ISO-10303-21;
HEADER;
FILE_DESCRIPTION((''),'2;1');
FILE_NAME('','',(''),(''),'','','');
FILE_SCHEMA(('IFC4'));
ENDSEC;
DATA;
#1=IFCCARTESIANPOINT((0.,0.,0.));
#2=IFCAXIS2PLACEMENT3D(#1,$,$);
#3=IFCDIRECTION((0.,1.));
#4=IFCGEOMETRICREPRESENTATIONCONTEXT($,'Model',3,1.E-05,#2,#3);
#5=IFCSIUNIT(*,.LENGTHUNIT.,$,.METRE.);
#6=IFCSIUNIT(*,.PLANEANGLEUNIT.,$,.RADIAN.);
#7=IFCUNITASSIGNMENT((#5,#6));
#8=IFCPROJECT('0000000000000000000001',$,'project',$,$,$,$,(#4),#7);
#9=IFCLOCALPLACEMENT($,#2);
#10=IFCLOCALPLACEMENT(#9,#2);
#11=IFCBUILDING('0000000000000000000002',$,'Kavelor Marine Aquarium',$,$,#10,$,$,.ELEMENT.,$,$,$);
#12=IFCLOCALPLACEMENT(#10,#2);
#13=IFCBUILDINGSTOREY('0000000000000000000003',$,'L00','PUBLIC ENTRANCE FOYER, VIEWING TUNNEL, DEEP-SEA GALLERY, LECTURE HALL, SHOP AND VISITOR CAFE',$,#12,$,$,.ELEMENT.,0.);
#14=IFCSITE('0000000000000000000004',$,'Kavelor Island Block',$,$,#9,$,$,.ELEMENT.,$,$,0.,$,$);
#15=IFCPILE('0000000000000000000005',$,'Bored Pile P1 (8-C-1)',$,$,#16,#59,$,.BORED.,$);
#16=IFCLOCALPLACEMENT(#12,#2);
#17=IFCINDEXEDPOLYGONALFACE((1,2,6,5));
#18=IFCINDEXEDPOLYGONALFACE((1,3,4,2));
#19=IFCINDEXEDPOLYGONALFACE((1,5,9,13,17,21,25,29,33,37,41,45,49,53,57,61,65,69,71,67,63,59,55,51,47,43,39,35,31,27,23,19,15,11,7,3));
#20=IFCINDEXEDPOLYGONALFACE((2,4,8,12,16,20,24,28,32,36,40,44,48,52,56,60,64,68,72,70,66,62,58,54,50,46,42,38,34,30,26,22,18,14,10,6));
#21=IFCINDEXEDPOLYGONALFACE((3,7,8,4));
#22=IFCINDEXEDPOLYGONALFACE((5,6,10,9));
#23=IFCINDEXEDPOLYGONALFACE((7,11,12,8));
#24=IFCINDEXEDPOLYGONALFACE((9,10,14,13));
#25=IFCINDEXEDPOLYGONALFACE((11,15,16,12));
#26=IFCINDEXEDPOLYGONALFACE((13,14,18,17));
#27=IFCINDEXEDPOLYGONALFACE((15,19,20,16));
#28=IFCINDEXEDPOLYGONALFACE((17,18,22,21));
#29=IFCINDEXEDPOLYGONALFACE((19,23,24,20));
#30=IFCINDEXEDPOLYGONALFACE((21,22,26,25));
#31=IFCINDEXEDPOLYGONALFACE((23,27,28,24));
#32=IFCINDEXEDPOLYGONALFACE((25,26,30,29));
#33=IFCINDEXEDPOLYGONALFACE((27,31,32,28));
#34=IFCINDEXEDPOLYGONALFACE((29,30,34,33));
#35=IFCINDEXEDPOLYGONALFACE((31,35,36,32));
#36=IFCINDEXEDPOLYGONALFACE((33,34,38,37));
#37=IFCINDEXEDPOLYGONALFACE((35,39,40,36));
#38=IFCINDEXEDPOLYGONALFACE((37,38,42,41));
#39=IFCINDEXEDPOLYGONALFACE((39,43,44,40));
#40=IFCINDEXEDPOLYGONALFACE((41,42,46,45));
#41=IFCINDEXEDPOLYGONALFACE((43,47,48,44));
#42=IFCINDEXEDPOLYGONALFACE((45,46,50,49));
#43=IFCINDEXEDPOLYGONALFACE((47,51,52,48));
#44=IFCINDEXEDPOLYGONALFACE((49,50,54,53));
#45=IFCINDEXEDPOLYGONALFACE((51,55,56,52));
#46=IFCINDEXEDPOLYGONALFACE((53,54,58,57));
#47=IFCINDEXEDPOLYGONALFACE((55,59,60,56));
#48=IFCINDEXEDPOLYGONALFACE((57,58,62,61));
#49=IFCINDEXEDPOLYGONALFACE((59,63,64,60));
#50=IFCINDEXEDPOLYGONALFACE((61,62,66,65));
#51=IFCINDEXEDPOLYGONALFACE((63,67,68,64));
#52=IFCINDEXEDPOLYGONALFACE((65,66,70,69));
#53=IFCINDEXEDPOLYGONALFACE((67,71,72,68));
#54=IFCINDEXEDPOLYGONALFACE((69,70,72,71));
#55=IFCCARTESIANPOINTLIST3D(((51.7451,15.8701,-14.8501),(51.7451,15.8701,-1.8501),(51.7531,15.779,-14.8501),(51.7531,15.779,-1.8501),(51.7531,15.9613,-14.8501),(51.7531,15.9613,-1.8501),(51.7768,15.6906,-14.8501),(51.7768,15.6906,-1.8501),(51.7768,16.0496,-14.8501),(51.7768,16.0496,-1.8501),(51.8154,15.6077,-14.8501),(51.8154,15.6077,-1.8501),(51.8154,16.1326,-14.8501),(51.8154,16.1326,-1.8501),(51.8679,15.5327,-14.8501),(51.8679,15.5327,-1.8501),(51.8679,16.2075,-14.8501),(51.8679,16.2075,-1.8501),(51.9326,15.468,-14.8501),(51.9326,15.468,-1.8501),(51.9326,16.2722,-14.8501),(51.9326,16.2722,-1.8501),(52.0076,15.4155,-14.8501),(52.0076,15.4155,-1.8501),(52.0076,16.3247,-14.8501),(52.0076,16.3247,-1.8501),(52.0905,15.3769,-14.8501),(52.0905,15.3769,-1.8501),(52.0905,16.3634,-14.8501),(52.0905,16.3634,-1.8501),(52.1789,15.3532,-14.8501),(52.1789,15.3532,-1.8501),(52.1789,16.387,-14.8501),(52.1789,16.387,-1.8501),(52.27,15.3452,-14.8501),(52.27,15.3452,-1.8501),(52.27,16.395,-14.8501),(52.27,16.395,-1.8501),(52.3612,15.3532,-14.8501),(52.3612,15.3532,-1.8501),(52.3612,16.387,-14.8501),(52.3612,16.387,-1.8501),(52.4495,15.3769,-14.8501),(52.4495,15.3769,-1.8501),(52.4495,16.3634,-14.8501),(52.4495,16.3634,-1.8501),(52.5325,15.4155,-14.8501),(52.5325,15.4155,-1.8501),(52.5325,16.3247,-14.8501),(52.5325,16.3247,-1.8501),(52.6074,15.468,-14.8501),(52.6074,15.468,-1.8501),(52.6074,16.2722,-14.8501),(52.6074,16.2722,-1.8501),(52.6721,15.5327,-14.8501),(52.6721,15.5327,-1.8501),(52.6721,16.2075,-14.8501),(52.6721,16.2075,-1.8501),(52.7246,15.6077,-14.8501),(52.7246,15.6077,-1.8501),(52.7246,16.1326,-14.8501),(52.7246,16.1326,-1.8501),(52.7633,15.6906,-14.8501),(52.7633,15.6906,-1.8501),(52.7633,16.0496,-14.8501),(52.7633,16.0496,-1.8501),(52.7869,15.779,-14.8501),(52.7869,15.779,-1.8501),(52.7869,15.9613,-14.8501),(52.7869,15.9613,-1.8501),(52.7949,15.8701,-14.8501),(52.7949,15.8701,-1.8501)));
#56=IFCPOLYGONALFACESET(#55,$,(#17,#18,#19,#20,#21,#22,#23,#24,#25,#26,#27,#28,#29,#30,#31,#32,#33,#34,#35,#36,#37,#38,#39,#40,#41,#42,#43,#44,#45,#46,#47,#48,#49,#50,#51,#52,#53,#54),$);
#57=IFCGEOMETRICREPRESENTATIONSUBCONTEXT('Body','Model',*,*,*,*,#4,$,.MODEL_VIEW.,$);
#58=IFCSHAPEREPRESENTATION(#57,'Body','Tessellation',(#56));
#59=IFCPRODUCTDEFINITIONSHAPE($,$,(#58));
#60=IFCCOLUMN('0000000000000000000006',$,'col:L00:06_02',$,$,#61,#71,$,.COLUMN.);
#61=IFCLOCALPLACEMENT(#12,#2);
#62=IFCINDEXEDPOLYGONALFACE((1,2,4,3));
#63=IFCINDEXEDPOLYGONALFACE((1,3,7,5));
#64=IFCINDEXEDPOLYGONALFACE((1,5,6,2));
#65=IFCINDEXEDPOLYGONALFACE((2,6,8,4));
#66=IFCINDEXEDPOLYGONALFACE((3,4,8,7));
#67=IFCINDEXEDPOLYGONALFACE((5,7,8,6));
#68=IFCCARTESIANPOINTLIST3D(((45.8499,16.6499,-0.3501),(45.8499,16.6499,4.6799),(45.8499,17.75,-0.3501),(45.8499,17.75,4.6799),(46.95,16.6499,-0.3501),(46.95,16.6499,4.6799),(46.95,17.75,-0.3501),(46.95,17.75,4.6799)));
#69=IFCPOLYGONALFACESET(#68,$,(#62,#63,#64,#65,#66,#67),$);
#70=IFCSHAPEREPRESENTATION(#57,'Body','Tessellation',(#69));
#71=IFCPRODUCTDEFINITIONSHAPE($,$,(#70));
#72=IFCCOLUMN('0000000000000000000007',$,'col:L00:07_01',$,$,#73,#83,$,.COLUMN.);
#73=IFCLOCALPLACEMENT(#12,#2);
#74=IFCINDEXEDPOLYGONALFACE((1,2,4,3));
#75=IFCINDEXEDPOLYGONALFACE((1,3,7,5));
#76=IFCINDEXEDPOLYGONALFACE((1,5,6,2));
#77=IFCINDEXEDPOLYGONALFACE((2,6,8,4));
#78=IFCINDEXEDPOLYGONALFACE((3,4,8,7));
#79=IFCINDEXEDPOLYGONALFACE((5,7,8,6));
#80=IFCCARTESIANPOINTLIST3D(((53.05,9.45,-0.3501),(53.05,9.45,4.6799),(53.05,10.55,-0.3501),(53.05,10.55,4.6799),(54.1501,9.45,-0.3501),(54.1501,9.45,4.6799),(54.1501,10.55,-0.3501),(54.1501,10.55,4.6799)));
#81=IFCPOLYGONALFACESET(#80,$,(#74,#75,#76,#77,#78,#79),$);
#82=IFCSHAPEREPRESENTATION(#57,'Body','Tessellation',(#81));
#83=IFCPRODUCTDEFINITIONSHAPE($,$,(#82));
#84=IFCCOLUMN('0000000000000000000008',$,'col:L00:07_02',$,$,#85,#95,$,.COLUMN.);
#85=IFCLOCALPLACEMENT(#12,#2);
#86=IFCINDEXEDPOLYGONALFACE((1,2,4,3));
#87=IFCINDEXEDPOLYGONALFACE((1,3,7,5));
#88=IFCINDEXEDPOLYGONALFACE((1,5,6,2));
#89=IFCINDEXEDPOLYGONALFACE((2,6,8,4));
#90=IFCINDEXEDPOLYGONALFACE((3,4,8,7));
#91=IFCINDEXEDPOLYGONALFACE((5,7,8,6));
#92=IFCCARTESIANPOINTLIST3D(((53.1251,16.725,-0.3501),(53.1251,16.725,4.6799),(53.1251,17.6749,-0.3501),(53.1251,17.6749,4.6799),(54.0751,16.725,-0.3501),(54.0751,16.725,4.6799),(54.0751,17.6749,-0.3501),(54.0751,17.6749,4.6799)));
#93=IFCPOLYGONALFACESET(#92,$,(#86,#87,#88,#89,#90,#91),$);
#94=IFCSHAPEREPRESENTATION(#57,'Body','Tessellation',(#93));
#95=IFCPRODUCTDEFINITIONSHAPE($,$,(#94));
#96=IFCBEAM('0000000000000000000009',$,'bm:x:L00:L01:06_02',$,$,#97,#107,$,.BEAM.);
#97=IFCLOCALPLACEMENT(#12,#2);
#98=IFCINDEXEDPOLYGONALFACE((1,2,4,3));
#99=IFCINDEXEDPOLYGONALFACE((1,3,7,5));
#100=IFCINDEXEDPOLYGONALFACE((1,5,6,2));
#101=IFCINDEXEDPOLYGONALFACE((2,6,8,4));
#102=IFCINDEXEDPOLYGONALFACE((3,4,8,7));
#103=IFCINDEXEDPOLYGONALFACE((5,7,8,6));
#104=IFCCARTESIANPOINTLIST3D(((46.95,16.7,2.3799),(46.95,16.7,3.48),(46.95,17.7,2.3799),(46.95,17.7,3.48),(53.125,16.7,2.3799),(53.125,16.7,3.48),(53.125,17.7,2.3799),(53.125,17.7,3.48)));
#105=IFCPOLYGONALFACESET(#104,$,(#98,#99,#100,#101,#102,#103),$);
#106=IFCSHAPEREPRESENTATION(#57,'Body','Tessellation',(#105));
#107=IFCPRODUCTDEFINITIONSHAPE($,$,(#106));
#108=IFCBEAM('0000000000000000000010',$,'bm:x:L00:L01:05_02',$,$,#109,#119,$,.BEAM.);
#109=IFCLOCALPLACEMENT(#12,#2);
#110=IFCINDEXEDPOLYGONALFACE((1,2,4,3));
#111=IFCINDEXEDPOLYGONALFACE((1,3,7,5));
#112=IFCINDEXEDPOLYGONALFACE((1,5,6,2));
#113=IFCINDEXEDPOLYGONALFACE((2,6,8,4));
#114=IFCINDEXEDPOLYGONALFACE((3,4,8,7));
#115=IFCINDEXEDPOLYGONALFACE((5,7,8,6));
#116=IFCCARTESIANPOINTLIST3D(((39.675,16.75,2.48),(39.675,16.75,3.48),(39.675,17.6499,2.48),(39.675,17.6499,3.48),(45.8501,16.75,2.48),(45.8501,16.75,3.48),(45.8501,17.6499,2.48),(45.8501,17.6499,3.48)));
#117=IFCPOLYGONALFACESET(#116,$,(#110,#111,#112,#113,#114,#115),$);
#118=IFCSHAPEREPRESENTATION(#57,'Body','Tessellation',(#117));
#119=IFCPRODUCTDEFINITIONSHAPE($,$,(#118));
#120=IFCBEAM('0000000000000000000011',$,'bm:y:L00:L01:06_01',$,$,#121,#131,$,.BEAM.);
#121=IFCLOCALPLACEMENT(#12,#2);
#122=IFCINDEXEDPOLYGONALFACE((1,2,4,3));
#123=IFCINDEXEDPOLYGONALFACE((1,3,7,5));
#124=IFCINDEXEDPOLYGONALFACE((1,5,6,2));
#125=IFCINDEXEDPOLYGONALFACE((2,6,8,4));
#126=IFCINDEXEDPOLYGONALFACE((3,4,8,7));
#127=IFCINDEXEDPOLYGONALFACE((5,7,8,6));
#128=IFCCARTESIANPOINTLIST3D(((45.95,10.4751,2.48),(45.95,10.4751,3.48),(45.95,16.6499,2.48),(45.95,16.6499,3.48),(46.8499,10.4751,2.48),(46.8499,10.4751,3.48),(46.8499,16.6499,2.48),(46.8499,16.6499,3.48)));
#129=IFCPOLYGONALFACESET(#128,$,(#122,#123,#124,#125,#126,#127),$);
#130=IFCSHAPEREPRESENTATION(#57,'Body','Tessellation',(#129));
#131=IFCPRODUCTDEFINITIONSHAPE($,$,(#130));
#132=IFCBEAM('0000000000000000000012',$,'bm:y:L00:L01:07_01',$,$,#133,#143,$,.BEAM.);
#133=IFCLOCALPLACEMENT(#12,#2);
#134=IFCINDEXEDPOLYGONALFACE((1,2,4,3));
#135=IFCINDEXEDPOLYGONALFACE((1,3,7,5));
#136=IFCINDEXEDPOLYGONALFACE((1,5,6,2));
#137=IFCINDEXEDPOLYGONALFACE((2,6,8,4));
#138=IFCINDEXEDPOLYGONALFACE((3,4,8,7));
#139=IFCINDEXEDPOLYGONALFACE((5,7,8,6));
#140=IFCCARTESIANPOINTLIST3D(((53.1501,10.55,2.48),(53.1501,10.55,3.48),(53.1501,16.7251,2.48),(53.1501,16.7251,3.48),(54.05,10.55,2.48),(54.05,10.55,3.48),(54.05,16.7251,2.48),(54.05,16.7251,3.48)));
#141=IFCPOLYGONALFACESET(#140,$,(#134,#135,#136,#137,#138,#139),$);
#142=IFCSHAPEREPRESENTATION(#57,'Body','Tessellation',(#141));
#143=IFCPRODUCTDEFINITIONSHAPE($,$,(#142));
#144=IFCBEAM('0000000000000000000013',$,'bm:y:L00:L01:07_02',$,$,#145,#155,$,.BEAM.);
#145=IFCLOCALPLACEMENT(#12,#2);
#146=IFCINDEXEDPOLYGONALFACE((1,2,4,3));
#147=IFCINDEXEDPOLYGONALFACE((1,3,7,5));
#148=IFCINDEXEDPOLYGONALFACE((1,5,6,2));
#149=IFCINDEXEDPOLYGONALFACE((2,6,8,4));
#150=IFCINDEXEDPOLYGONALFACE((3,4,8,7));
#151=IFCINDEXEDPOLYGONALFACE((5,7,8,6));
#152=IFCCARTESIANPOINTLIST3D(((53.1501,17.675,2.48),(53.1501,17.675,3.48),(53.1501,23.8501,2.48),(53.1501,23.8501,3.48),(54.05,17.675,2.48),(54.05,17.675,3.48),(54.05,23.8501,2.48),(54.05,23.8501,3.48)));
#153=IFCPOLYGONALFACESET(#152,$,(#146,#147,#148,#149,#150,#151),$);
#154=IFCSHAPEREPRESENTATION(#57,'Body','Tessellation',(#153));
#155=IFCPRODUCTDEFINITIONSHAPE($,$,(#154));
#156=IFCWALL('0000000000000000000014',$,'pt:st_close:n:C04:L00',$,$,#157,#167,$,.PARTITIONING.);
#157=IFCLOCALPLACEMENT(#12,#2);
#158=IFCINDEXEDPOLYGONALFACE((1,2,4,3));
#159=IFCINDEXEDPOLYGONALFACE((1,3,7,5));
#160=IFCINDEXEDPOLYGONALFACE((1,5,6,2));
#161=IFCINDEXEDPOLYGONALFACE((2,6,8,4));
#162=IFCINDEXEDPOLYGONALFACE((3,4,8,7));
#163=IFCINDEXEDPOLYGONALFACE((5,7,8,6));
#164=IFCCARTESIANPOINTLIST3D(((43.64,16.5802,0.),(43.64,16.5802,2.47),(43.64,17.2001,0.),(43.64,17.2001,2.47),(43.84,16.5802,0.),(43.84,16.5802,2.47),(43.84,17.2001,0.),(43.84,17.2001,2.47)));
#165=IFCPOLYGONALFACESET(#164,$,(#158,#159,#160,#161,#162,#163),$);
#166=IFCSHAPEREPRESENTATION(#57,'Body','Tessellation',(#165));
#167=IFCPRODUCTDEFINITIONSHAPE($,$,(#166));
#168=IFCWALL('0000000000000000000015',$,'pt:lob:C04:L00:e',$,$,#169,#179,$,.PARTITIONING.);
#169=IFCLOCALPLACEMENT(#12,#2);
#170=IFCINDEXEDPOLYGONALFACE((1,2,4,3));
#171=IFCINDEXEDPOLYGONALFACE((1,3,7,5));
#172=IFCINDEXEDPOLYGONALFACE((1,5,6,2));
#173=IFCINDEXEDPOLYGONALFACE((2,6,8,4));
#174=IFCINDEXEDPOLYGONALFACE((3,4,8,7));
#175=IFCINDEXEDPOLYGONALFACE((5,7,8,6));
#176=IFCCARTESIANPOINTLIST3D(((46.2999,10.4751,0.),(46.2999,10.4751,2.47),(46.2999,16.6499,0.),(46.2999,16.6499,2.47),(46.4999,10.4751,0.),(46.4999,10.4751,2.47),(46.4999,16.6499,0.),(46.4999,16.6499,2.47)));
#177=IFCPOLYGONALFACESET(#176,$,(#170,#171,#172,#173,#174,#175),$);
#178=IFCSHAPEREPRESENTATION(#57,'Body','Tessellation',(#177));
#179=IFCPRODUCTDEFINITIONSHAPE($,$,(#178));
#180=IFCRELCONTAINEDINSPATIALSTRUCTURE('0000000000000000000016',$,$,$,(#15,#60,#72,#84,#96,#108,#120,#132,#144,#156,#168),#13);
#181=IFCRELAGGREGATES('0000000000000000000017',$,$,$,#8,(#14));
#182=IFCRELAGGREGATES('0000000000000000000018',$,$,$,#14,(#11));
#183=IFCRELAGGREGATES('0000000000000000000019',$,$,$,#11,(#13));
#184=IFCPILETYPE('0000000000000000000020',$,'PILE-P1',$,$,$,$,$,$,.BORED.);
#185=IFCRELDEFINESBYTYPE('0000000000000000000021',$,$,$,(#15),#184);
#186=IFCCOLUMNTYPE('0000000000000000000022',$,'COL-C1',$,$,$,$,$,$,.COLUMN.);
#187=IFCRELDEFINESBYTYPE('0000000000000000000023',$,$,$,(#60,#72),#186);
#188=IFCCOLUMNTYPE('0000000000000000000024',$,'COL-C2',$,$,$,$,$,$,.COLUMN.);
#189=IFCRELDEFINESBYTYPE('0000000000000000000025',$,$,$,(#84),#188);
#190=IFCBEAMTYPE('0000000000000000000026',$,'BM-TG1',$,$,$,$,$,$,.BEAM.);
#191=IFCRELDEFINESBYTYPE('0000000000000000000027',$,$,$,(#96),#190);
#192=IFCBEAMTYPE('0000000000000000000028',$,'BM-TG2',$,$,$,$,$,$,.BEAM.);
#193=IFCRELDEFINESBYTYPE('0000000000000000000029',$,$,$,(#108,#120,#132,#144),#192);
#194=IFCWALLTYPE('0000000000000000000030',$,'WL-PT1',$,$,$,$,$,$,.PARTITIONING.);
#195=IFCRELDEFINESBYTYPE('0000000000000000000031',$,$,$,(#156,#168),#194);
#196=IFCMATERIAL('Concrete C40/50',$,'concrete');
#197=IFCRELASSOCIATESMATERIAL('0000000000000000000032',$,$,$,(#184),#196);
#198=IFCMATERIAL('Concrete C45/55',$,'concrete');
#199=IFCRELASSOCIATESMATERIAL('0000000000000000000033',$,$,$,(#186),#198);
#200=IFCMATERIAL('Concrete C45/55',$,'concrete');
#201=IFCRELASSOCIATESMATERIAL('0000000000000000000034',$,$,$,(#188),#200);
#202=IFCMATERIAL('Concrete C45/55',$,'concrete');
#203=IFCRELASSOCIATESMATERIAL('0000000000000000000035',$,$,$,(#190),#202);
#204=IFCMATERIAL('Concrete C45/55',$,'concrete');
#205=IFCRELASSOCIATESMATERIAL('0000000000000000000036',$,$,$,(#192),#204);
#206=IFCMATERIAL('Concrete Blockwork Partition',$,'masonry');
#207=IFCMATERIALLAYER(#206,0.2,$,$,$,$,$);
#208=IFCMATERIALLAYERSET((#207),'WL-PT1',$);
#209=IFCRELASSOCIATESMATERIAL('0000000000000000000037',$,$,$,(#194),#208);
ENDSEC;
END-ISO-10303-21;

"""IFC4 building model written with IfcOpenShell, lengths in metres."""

from ifc_helpers import new_model, si_unit, direction, frame, frame_2d, origin, origin_2d, place, context, subcontext, project, spatial, rectangle, circle, extrude, material, layer, layer_set, material_profile, profile_set, type_object, element, save


model = new_model("IFC4")

# Units and contexts
model_context = context("Model", 3, precision=1e-05, world=origin(), true_north=direction((0.0, 1.0)))
body_context = subcontext(model_context, "Body", "Model", "MODEL_VIEW")
ifc_project = project(units=[si_unit("LENGTHUNIT", "METRE"), si_unit("PLANEANGLEUNIT", "RADIAN")], contexts=[model_context])

# Site, building, storey
site_placement = place(None, origin())
site = spatial("IfcSite", under=ifc_project, at=site_placement, Name="Kavelor Island Block", CompositionType="ELEMENT", RefElevation=0.0)
building_placement = place(site_placement, origin())
building = spatial("IfcBuilding", under=site, at=building_placement, Name="Kavelor Marine Aquarium", CompositionType="ELEMENT")
storey_placement = place(building_placement, origin())
storey = spatial("IfcBuildingStorey", under=building, at=storey_placement, Name="L00", Description="PUBLIC ENTRANCE FOYER, VIEWING TUNNEL, DEEP-SEA GALLERY, LECTURE HALL, SHOP AND VISITOR CAFE", CompositionType="ELEMENT", Elevation=0.0)

# Pile
ifc_material_1 = material(Name="Concrete C40/50", Category="concrete")
ifc_material_profile_1 = material_profile(ifc_material_1, circle(Radius=0.5249, at=origin_2d()), Name="PILE D1050")
ifc_profile_set_1 = profile_set([ifc_material_profile_1], Name="Concrete C40/50")
pile_type = type_object("IfcPileType", Name="PILE-P1", PredefinedType="BORED", material=ifc_profile_set_1)
for number, where, z_axis, x_axis, name in (
    (1, (52.27, 15.8701, -1.8501), (0.0, 0.0, -1.0), (1.0, 0.0, 0.0), "Bored Pile P1 (8-C-1)"),
):
    element("IfcPile", number, at=place(storey_placement, frame(where, z_axis=z_axis, x_axis=x_axis)), inside=storey, type_object=pile_type, Name=name, PredefinedType="BORED", context=body_context, shape_type="SweptSolid", body=[
        extrude(circle(Radius=0.5249, at=origin_2d()), origin(), (0.0, 0.0, 1.0), 13.0),
    ])

# Columns
ifc_material_2 = material(Name="Concrete C45/55", Category="concrete")
ifc_material_profile_2 = material_profile(ifc_material_2, rectangle(XDim=1.1001, YDim=1.1001, at=origin_2d()), Name="RC-COL 1100x1100")
ifc_profile_set_2 = profile_set([ifc_material_profile_2], Name="Concrete C45/55")
column_type_1 = type_object("IfcColumnType", Name="COL-C1", PredefinedType="COLUMN", material=ifc_profile_set_2)
for number, where, z_axis, x_axis, name in (
    (2, (46.3999, 17.2, -0.3501), (0.0, 0.0, 1.0), (1.0, 0.0, 0.0), "col:L00:06_02"),
    (3, (53.6001, 10.0, -0.3501), (0.0, 0.0, 1.0), (1.0, 0.0, 0.0), "col:L00:07_01"),
):
    element("IfcColumn", number, at=place(storey_placement, frame(where, z_axis=z_axis, x_axis=x_axis)), inside=storey, type_object=column_type_1, Name=name, PredefinedType="COLUMN", context=body_context, shape_type="SweptSolid", body=[
        extrude(rectangle(XDim=1.1001, YDim=1.1001, at=origin_2d()), origin(), (0.0, 0.0, 1.0), 5.03),
    ])
ifc_material_3 = material(Name="Concrete C45/55", Category="concrete")
ifc_material_profile_3 = material_profile(ifc_material_3, rectangle(XDim=0.95, YDim=0.95, at=origin_2d()), Name="RC-COL 950x950")
ifc_profile_set_3 = profile_set([ifc_material_profile_3], Name="Concrete C45/55")
column_type_2 = type_object("IfcColumnType", Name="COL-C2", PredefinedType="COLUMN", material=ifc_profile_set_3)
column_placement = place(storey_placement, frame((53.6001, 17.2, -0.3501), z_axis=(0.0, 0.0, 1.0), x_axis=(1.0, 0.0, 0.0)))
element("IfcColumn", 4, at=column_placement, inside=storey, type_object=column_type_2, Name="col:L00:07_02", PredefinedType="COLUMN", context=body_context, shape_type="SweptSolid", body=[
    extrude(rectangle(XDim=0.95, YDim=0.95, at=origin_2d()), origin(), (0.0, 0.0, 1.0), 5.03),
])

# Beams
ifc_material_4 = material(Name="Concrete C45/55", Category="concrete")
ifc_material_profile_4 = material_profile(ifc_material_4, rectangle(XDim=1.0, YDim=1.1001, at=origin_2d()), Name="RC-TG 1000x1100")
ifc_profile_set_4 = profile_set([ifc_material_profile_4], Name="Concrete C45/55")
beam_type_1 = type_object("IfcBeamType", Name="BM-TG1", PredefinedType="BEAM", material=ifc_profile_set_4)
beam_1_placement = place(storey_placement, frame((46.95, 17.2, 2.9299), z_axis=(1.0, 0.0, 0.0), x_axis=(0.0, 1.0, 0.0)))
element("IfcBeam", 5, at=beam_1_placement, inside=storey, type_object=beam_type_1, Name="bm:x:L00:L01:06_02", PredefinedType="BEAM", context=body_context, shape_type="SweptSolid", body=[
    extrude(rectangle(XDim=1.0, YDim=1.1001, at=origin_2d()), origin(), (0.0, 0.0, 1.0), 6.175),
])
ifc_material_5 = material(Name="Concrete C45/55", Category="concrete")
ifc_material_profile_5 = material_profile(ifc_material_5, rectangle(XDim=0.8999, YDim=1.0, at=origin_2d()), Name="RC-TG 900x1000")
ifc_profile_set_5 = profile_set([ifc_material_profile_5], Name="Concrete C45/55")
beam_type_2 = type_object("IfcBeamType", Name="BM-TG2", PredefinedType="BEAM", material=ifc_profile_set_5)
beam_2_placement = place(storey_placement, frame((39.675, 17.2, 2.98), z_axis=(1.0, 0.0, 0.0), x_axis=(0.0, 1.0, 0.0)))
element("IfcBeam", 6, at=beam_2_placement, inside=storey, type_object=beam_type_2, Name="bm:x:L00:L01:05_02", PredefinedType="BEAM", context=body_context, shape_type="SweptSolid", body=[
    extrude(rectangle(XDim=0.8999, YDim=1.0, at=origin_2d()), origin(), (0.0, 0.0, 1.0), 6.175),
])
beam_3_placement = place(storey_placement, frame((46.3999, 10.4751, 2.98), z_axis=(0.0, 1.0, 0.0), x_axis=(-1.0, 0.0, 0.0)))
element("IfcBeam", 7, at=beam_3_placement, inside=storey, type_object=beam_type_2, Name="bm:y:L00:L01:06_01", PredefinedType="BEAM", context=body_context, shape_type="SweptSolid", body=[
    extrude(rectangle(XDim=0.8999, YDim=1.0, at=origin_2d()), origin(), (0.0, 0.0, 1.0), 6.1748),
])
for number, where, z_axis, x_axis, name in (
    (8, (53.6001, 10.55, 2.98), (0.0, 1.0, 0.0), (-1.0, 0.0, 0.0), "bm:y:L00:L01:07_01"),
    (9, (53.6001, 17.675, 2.98), (0.0, 1.0, 0.0), (-1.0, 0.0, 0.0), "bm:y:L00:L01:07_02"),
):
    element("IfcBeam", number, at=place(storey_placement, frame(where, z_axis=z_axis, x_axis=x_axis)), inside=storey, type_object=beam_type_2, Name=name, PredefinedType="BEAM", context=body_context, shape_type="SweptSolid", body=[
        extrude(rectangle(XDim=0.8999, YDim=1.0, at=origin_2d()), origin(), (0.0, 0.0, 1.0), 6.175),
    ])

# Walls
ifc_material_6 = material(Name="Concrete Blockwork Partition", Category="masonry")
ifc_layer_1 = layer(ifc_material_6, 0.2)
ifc_layer_set_1 = layer_set([ifc_layer_1], Name="WL-PT1")
wall_type_1 = type_object("IfcWallType", Name="WL-PT1", PredefinedType="PARTITIONING", material=ifc_layer_set_1)
wall_1_placement = place(storey_placement, frame((43.74, 16.5801, 0.0), z_axis=(0.0, 0.0, 1.0), x_axis=(0.0, 1.0, 0.0)))
element("IfcWall", 10, at=wall_1_placement, inside=storey, type_object=wall_type_1, Name="pt:st_close:n:C04:L00", PredefinedType="PARTITIONING", context=body_context, shape_type="SweptSolid", body=[
    extrude(rectangle(XDim=0.6199, YDim=0.2, at=frame_2d((0.3101, 0.0))), origin(), (0.0, 0.0, 1.0), 2.47),
])
wall_2_placement = place(storey_placement, frame((46.3999, 10.4751, 0.0), z_axis=(0.0, 0.0, 1.0), x_axis=(0.0, 1.0, 0.0)))
element("IfcWall", 11, at=wall_2_placement, inside=storey, type_object=wall_type_1, Name="pt:lob:C04:L00:e", PredefinedType="PARTITIONING", context=body_context, shape_type="SweptSolid", body=[
    extrude(rectangle(XDim=6.1748, YDim=0.2, at=frame_2d((3.0874, 0.0))), origin(), (0.0, 0.0, 1.0), 2.47),
])

save(model, "model.ifc")
